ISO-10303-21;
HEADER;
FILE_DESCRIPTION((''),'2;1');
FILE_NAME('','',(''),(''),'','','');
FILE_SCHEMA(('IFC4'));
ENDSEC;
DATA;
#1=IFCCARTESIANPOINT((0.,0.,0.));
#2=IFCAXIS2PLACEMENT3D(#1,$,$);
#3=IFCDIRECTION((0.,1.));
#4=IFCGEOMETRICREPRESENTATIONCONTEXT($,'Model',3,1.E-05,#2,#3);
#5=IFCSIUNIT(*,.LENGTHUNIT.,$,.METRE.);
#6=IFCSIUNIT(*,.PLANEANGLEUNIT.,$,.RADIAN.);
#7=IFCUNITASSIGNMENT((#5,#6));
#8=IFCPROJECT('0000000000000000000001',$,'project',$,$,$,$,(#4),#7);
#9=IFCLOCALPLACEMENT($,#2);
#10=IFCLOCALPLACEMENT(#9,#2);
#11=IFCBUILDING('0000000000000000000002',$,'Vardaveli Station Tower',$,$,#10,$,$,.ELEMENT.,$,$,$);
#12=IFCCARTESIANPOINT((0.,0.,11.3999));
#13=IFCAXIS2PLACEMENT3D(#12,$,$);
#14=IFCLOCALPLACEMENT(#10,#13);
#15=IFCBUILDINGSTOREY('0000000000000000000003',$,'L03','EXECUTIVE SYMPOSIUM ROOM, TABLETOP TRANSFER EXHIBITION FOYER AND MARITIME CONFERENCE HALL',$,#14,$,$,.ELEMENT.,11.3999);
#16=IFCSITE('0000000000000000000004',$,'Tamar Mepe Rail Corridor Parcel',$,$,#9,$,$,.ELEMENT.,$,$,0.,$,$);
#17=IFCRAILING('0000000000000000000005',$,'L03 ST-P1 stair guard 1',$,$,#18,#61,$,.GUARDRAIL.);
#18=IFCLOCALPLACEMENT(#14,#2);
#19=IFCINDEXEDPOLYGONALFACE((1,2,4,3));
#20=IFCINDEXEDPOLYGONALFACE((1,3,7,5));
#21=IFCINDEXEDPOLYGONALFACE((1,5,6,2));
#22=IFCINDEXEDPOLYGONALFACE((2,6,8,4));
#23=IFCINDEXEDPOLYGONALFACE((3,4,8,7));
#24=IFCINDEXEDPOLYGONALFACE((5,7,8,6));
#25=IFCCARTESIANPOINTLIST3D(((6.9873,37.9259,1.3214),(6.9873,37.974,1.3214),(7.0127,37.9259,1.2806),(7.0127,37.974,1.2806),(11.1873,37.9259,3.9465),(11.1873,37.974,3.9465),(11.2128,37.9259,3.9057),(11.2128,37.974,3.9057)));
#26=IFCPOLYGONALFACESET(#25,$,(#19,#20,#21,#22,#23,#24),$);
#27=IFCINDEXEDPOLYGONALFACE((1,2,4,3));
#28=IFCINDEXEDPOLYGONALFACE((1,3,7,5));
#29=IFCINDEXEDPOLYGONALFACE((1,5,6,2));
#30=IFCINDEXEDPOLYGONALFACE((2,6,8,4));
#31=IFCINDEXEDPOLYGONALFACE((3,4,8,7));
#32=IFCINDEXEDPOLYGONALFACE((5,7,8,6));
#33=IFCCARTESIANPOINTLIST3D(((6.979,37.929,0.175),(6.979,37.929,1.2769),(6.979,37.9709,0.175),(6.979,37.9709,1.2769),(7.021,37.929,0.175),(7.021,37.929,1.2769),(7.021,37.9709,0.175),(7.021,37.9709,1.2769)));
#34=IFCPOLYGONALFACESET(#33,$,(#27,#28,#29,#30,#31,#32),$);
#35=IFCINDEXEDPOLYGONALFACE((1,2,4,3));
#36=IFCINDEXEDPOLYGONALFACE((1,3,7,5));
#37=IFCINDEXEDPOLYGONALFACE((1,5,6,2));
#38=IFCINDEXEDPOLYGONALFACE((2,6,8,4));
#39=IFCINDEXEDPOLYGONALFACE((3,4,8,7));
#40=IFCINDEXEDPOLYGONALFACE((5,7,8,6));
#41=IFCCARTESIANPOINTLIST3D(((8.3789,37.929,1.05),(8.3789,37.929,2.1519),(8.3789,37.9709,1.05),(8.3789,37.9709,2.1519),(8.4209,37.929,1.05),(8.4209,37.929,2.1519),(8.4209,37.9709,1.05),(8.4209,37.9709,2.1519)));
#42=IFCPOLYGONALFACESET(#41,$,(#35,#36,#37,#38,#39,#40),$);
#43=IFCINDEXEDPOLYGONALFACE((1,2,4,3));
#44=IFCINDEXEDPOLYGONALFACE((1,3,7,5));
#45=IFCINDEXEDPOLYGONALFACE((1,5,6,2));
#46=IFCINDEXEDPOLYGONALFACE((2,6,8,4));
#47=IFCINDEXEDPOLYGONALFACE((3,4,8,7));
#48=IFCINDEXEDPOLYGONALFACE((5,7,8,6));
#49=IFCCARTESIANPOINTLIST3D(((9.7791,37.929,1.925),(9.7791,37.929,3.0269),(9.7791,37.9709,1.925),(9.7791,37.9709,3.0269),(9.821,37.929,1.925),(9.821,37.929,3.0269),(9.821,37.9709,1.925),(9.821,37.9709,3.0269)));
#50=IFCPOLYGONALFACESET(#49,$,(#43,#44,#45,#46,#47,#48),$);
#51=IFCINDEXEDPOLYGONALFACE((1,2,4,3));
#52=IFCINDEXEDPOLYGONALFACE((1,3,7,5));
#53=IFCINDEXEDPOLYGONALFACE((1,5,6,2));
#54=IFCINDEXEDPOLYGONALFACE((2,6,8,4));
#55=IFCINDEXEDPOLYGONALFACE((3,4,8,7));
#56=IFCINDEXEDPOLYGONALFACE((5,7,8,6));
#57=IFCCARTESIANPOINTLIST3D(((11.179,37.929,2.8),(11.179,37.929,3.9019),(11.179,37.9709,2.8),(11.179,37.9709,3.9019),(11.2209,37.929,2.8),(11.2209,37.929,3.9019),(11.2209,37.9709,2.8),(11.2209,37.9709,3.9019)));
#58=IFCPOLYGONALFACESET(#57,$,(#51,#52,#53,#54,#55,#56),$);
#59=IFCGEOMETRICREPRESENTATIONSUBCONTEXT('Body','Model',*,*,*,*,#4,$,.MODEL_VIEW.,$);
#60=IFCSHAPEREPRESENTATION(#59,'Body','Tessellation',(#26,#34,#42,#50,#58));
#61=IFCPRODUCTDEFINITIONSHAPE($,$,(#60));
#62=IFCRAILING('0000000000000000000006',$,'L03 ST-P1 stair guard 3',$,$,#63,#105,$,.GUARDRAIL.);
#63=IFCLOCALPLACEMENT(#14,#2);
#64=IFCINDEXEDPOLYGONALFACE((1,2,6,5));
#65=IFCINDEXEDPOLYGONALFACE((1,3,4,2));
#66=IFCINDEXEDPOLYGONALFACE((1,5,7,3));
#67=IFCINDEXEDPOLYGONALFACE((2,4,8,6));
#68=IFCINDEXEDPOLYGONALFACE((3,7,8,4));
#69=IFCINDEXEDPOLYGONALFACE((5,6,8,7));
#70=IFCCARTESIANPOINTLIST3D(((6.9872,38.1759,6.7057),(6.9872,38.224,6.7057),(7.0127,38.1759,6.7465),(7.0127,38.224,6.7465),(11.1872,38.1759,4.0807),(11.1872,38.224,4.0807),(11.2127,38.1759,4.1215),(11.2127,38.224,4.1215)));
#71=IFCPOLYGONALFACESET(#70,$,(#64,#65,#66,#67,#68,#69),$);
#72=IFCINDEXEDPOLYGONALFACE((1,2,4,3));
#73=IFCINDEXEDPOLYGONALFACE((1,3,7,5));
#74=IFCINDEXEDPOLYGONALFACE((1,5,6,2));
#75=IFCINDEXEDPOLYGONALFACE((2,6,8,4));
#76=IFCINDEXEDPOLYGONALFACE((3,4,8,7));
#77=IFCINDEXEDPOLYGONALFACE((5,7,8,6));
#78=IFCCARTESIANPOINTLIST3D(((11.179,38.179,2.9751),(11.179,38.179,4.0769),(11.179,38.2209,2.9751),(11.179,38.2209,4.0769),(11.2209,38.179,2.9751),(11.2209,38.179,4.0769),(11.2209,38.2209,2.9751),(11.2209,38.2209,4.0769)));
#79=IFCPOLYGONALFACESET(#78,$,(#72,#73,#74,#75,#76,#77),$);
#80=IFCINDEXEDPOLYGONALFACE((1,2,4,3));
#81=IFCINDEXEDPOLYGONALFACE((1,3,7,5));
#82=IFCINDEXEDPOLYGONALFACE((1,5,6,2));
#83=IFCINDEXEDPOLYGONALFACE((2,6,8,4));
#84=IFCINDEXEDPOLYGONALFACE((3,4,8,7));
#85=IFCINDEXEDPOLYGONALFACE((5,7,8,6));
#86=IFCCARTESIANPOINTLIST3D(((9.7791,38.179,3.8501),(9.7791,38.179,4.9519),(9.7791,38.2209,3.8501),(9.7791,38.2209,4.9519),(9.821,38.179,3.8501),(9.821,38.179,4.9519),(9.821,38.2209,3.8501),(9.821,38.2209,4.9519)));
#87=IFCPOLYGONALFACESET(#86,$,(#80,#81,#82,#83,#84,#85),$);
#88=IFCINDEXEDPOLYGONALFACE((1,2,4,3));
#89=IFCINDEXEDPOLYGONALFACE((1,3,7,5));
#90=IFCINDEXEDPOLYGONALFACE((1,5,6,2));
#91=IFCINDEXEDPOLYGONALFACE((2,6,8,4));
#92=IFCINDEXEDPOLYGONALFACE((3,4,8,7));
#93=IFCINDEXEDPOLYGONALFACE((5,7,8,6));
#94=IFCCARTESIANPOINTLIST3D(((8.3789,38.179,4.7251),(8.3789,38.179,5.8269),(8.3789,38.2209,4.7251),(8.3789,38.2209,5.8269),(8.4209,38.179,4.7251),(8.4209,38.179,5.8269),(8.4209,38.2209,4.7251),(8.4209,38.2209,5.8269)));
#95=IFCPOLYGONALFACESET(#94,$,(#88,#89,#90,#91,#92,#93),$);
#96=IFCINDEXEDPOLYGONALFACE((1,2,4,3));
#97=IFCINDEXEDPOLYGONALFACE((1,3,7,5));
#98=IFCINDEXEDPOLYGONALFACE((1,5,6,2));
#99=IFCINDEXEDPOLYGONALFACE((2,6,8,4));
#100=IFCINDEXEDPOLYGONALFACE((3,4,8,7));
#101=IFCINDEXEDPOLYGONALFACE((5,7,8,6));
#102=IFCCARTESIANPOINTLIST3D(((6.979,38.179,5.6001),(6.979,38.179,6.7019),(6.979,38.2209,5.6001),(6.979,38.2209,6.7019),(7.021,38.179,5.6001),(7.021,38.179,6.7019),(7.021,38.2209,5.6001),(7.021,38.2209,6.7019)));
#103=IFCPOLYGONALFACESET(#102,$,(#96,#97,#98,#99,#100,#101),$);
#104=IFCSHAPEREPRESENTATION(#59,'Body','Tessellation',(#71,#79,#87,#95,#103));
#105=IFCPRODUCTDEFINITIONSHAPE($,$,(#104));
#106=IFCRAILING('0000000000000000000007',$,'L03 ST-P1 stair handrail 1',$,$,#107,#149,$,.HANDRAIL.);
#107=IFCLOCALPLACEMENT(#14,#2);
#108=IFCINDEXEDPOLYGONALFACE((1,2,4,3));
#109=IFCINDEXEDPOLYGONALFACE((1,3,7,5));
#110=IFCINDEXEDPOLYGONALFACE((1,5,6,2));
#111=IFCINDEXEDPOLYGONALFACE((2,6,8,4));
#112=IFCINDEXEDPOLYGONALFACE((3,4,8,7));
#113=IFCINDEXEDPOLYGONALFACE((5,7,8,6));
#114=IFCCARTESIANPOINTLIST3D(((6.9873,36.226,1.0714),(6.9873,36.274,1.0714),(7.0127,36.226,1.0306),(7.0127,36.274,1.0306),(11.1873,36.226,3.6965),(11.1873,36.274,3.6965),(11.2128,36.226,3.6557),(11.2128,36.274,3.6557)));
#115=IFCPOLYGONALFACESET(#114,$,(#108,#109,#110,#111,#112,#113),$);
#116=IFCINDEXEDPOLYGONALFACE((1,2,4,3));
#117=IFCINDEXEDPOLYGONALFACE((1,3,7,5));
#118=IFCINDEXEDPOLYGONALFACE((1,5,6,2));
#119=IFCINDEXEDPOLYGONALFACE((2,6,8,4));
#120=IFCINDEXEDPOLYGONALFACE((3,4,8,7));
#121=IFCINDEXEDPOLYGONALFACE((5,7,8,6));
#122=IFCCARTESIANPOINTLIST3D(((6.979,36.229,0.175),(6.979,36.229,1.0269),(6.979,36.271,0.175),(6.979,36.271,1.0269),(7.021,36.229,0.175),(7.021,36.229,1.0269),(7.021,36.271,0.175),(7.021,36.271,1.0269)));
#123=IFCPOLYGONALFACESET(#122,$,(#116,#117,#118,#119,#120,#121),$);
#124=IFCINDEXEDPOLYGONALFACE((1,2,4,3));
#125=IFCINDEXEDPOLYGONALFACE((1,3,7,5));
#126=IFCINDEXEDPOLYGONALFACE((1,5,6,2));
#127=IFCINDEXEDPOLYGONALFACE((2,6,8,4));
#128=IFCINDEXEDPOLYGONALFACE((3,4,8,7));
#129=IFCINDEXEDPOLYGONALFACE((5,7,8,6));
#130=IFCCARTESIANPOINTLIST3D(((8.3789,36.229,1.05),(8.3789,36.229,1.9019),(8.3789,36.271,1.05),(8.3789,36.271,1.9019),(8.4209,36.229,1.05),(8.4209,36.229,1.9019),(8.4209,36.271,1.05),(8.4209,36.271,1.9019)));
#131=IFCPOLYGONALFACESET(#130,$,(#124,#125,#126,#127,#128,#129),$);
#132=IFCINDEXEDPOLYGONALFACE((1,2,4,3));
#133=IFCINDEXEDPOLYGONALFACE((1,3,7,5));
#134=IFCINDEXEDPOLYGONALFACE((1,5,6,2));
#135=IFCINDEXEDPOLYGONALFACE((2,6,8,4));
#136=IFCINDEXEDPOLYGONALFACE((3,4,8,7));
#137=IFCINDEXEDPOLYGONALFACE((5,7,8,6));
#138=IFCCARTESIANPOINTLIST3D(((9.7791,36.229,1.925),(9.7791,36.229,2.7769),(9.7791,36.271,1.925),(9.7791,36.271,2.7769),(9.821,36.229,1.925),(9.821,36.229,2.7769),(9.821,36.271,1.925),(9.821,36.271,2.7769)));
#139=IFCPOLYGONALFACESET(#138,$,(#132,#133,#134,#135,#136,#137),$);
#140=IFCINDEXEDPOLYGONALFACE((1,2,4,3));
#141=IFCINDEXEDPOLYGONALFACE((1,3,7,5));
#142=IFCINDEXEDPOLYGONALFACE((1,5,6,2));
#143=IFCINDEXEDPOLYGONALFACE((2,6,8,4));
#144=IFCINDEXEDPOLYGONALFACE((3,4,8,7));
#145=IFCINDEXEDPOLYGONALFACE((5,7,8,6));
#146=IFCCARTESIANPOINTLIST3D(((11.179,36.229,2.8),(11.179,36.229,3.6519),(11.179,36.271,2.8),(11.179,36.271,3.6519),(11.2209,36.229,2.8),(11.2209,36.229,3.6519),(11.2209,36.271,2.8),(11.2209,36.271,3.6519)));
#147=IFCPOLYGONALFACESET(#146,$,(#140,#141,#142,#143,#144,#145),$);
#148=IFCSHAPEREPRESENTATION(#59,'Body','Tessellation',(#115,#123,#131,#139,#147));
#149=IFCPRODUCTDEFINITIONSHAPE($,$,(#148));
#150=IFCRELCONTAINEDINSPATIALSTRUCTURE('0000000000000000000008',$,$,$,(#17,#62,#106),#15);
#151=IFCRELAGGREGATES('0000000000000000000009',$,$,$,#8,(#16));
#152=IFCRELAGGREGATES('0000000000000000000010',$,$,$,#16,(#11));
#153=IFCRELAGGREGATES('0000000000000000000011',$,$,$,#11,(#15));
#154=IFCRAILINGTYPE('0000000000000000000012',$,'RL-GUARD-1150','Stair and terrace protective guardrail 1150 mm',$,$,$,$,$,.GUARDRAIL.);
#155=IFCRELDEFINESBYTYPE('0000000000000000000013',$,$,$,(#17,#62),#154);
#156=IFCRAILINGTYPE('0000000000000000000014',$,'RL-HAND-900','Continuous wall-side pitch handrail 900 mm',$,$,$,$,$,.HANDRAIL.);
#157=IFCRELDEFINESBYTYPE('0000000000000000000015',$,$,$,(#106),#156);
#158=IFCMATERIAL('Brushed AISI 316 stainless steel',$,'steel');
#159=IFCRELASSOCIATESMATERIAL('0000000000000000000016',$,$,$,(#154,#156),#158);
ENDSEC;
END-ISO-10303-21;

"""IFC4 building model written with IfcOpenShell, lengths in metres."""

from ifc_helpers import new_model, si_unit, direction, frame, origin, origin_2d, place, context, subcontext, project, spatial, rectangle, extrude, source, transform, mapped, material, type_object, element, save


model = new_model("IFC4")

# Units and contexts
model_context = context("Model", 3, precision=1e-05, world=origin(), true_north=direction((0.0, 1.0)))
body_context = subcontext(model_context, "Body", "Model", "MODEL_VIEW")
ifc_project = project(units=[si_unit("LENGTHUNIT", "METRE"), si_unit("PLANEANGLEUNIT", "RADIAN")], contexts=[model_context])

# Site, building, storey
site_placement = place(None, origin())
site = spatial("IfcSite", under=ifc_project, at=site_placement, Name="Tamar Mepe Rail Corridor Parcel", CompositionType="ELEMENT", RefElevation=0.0)
building_placement = place(site_placement, origin())
building = spatial("IfcBuilding", under=site, at=building_placement, Name="Vardaveli Station Tower", CompositionType="ELEMENT")
storey_placement = place(building_placement, frame((0.0, 0.0, 11.3999)))
storey = spatial("IfcBuildingStorey", under=building, at=storey_placement, Name="L03", Description="EXECUTIVE SYMPOSIUM ROOM, TABLETOP TRANSFER EXHIBITION FOYER AND MARITIME CONFERENCE HALL", CompositionType="ELEMENT", Elevation=11.3999)

# Railings
ifc_material_1 = material(Name="Brushed AISI 316 stainless steel", Category="steel")
railing_type_1 = type_object("IfcRailingType", Name="RL-GUARD-1150", Description="Stair and terrace protective guardrail 1150 mm", PredefinedType="GUARDRAIL", material=ifc_material_1)
shared_shape_1 = source(origin(), body_context, "Body", "SweptSolid", [
    extrude(rectangle(XDim=0.0481, YDim=0.0481, at=origin_2d()), frame((0.0, 0.0, 1.126), z_axis=(0.847996, 0.0, 0.530003), x_axis=(0.0, 1.0, 0.0)), (0.0, 0.0, 1.0), 4.9529),
    extrude(rectangle(XDim=0.042, YDim=0.042, at=origin_2d()), origin(), (0.0, 0.0, 1.0), 1.1018),
    extrude(rectangle(XDim=0.042, YDim=0.042, at=origin_2d()), frame((1.3999, 0.0, 0.875)), (0.0, 0.0, 1.0), 1.1018),
    extrude(rectangle(XDim=0.042, YDim=0.042, at=origin_2d()), frame((2.8, 0.0, 1.75)), (0.0, 0.0, 1.0), 1.1018),
    extrude(rectangle(XDim=0.042, YDim=0.042, at=origin_2d()), frame((4.2, 0.0, 2.625)), (0.0, 0.0, 1.0), 1.1018),
])
railing_1_placement = place(storey_placement, frame((7.0, 37.95, 0.175)))
element("IfcRailing", 1, at=railing_1_placement, inside=storey, type_object=railing_type_1, Name="L03 ST-P1 stair guard 1", PredefinedType="GUARDRAIL", context=body_context, shape_type="MappedRepresentation", body=[
    mapped(shared_shape_1, transform((0.0, 0.0, 0.0), scale=1.0)),
])
shared_shape_2 = source(origin(), body_context, "Body", "SweptSolid", [
    extrude(rectangle(XDim=0.0481, YDim=0.0481, at=origin_2d()), frame((0.0, 0.0, 1.126), z_axis=(-0.847996, 0.0, 0.530003), x_axis=(0.0, -1.0, 0.0)), (0.0, 0.0, 1.0), 4.9529),
    extrude(rectangle(XDim=0.042, YDim=0.042, at=origin_2d()), origin(), (0.0, 0.0, 1.0), 1.1018),
    extrude(rectangle(XDim=0.042, YDim=0.042, at=origin_2d()), frame((-1.3999, 0.0, 0.875)), (0.0, 0.0, 1.0), 1.1018),
    extrude(rectangle(XDim=0.042, YDim=0.042, at=origin_2d()), frame((-2.8, 0.0, 1.75)), (0.0, 0.0, 1.0), 1.1018),
    extrude(rectangle(XDim=0.042, YDim=0.042, at=origin_2d()), frame((-4.2, 0.0, 2.625)), (0.0, 0.0, 1.0), 1.1018),
])
railing_2_placement = place(storey_placement, frame((11.2, 38.2, 2.9751)))
element("IfcRailing", 2, at=railing_2_placement, inside=storey, type_object=railing_type_1, Name="L03 ST-P1 stair guard 3", PredefinedType="GUARDRAIL", context=body_context, shape_type="MappedRepresentation", body=[
    mapped(shared_shape_2, transform((0.0, 0.0, 0.0), scale=1.0)),
])
railing_type_2 = type_object("IfcRailingType", Name="RL-HAND-900", Description="Continuous wall-side pitch handrail 900 mm", PredefinedType="HANDRAIL", material=ifc_material_1)
shared_shape_3 = source(origin(), body_context, "Body", "SweptSolid", [
    extrude(rectangle(XDim=0.0481, YDim=0.0481, at=origin_2d()), frame((0.0, 0.0, 0.876), z_axis=(0.847996, 0.0, 0.530003), x_axis=(0.0, 1.0, 0.0)), (0.0, 0.0, 1.0), 4.9529),
    extrude(rectangle(XDim=0.042, YDim=0.042, at=origin_2d()), origin(), (0.0, 0.0, 1.0), 0.8518),
    extrude(rectangle(XDim=0.042, YDim=0.042, at=origin_2d()), frame((1.3999, 0.0, 0.875)), (0.0, 0.0, 1.0), 0.8518),
    extrude(rectangle(XDim=0.042, YDim=0.042, at=origin_2d()), frame((2.8, 0.0, 1.75)), (0.0, 0.0, 1.0), 0.8518),
    extrude(rectangle(XDim=0.042, YDim=0.042, at=origin_2d()), frame((4.2, 0.0, 2.625)), (0.0, 0.0, 1.0), 0.8518),
])
railing_3_placement = place(storey_placement, frame((7.0, 36.25, 0.175)))
element("IfcRailing", 3, at=railing_3_placement, inside=storey, type_object=railing_type_2, Name="L03 ST-P1 stair handrail 1", PredefinedType="HANDRAIL", context=body_context, shape_type="MappedRepresentation", body=[
    mapped(shared_shape_3, transform((0.0, 0.0, 0.0), scale=1.0)),
])

save(model, "model.ifc")
